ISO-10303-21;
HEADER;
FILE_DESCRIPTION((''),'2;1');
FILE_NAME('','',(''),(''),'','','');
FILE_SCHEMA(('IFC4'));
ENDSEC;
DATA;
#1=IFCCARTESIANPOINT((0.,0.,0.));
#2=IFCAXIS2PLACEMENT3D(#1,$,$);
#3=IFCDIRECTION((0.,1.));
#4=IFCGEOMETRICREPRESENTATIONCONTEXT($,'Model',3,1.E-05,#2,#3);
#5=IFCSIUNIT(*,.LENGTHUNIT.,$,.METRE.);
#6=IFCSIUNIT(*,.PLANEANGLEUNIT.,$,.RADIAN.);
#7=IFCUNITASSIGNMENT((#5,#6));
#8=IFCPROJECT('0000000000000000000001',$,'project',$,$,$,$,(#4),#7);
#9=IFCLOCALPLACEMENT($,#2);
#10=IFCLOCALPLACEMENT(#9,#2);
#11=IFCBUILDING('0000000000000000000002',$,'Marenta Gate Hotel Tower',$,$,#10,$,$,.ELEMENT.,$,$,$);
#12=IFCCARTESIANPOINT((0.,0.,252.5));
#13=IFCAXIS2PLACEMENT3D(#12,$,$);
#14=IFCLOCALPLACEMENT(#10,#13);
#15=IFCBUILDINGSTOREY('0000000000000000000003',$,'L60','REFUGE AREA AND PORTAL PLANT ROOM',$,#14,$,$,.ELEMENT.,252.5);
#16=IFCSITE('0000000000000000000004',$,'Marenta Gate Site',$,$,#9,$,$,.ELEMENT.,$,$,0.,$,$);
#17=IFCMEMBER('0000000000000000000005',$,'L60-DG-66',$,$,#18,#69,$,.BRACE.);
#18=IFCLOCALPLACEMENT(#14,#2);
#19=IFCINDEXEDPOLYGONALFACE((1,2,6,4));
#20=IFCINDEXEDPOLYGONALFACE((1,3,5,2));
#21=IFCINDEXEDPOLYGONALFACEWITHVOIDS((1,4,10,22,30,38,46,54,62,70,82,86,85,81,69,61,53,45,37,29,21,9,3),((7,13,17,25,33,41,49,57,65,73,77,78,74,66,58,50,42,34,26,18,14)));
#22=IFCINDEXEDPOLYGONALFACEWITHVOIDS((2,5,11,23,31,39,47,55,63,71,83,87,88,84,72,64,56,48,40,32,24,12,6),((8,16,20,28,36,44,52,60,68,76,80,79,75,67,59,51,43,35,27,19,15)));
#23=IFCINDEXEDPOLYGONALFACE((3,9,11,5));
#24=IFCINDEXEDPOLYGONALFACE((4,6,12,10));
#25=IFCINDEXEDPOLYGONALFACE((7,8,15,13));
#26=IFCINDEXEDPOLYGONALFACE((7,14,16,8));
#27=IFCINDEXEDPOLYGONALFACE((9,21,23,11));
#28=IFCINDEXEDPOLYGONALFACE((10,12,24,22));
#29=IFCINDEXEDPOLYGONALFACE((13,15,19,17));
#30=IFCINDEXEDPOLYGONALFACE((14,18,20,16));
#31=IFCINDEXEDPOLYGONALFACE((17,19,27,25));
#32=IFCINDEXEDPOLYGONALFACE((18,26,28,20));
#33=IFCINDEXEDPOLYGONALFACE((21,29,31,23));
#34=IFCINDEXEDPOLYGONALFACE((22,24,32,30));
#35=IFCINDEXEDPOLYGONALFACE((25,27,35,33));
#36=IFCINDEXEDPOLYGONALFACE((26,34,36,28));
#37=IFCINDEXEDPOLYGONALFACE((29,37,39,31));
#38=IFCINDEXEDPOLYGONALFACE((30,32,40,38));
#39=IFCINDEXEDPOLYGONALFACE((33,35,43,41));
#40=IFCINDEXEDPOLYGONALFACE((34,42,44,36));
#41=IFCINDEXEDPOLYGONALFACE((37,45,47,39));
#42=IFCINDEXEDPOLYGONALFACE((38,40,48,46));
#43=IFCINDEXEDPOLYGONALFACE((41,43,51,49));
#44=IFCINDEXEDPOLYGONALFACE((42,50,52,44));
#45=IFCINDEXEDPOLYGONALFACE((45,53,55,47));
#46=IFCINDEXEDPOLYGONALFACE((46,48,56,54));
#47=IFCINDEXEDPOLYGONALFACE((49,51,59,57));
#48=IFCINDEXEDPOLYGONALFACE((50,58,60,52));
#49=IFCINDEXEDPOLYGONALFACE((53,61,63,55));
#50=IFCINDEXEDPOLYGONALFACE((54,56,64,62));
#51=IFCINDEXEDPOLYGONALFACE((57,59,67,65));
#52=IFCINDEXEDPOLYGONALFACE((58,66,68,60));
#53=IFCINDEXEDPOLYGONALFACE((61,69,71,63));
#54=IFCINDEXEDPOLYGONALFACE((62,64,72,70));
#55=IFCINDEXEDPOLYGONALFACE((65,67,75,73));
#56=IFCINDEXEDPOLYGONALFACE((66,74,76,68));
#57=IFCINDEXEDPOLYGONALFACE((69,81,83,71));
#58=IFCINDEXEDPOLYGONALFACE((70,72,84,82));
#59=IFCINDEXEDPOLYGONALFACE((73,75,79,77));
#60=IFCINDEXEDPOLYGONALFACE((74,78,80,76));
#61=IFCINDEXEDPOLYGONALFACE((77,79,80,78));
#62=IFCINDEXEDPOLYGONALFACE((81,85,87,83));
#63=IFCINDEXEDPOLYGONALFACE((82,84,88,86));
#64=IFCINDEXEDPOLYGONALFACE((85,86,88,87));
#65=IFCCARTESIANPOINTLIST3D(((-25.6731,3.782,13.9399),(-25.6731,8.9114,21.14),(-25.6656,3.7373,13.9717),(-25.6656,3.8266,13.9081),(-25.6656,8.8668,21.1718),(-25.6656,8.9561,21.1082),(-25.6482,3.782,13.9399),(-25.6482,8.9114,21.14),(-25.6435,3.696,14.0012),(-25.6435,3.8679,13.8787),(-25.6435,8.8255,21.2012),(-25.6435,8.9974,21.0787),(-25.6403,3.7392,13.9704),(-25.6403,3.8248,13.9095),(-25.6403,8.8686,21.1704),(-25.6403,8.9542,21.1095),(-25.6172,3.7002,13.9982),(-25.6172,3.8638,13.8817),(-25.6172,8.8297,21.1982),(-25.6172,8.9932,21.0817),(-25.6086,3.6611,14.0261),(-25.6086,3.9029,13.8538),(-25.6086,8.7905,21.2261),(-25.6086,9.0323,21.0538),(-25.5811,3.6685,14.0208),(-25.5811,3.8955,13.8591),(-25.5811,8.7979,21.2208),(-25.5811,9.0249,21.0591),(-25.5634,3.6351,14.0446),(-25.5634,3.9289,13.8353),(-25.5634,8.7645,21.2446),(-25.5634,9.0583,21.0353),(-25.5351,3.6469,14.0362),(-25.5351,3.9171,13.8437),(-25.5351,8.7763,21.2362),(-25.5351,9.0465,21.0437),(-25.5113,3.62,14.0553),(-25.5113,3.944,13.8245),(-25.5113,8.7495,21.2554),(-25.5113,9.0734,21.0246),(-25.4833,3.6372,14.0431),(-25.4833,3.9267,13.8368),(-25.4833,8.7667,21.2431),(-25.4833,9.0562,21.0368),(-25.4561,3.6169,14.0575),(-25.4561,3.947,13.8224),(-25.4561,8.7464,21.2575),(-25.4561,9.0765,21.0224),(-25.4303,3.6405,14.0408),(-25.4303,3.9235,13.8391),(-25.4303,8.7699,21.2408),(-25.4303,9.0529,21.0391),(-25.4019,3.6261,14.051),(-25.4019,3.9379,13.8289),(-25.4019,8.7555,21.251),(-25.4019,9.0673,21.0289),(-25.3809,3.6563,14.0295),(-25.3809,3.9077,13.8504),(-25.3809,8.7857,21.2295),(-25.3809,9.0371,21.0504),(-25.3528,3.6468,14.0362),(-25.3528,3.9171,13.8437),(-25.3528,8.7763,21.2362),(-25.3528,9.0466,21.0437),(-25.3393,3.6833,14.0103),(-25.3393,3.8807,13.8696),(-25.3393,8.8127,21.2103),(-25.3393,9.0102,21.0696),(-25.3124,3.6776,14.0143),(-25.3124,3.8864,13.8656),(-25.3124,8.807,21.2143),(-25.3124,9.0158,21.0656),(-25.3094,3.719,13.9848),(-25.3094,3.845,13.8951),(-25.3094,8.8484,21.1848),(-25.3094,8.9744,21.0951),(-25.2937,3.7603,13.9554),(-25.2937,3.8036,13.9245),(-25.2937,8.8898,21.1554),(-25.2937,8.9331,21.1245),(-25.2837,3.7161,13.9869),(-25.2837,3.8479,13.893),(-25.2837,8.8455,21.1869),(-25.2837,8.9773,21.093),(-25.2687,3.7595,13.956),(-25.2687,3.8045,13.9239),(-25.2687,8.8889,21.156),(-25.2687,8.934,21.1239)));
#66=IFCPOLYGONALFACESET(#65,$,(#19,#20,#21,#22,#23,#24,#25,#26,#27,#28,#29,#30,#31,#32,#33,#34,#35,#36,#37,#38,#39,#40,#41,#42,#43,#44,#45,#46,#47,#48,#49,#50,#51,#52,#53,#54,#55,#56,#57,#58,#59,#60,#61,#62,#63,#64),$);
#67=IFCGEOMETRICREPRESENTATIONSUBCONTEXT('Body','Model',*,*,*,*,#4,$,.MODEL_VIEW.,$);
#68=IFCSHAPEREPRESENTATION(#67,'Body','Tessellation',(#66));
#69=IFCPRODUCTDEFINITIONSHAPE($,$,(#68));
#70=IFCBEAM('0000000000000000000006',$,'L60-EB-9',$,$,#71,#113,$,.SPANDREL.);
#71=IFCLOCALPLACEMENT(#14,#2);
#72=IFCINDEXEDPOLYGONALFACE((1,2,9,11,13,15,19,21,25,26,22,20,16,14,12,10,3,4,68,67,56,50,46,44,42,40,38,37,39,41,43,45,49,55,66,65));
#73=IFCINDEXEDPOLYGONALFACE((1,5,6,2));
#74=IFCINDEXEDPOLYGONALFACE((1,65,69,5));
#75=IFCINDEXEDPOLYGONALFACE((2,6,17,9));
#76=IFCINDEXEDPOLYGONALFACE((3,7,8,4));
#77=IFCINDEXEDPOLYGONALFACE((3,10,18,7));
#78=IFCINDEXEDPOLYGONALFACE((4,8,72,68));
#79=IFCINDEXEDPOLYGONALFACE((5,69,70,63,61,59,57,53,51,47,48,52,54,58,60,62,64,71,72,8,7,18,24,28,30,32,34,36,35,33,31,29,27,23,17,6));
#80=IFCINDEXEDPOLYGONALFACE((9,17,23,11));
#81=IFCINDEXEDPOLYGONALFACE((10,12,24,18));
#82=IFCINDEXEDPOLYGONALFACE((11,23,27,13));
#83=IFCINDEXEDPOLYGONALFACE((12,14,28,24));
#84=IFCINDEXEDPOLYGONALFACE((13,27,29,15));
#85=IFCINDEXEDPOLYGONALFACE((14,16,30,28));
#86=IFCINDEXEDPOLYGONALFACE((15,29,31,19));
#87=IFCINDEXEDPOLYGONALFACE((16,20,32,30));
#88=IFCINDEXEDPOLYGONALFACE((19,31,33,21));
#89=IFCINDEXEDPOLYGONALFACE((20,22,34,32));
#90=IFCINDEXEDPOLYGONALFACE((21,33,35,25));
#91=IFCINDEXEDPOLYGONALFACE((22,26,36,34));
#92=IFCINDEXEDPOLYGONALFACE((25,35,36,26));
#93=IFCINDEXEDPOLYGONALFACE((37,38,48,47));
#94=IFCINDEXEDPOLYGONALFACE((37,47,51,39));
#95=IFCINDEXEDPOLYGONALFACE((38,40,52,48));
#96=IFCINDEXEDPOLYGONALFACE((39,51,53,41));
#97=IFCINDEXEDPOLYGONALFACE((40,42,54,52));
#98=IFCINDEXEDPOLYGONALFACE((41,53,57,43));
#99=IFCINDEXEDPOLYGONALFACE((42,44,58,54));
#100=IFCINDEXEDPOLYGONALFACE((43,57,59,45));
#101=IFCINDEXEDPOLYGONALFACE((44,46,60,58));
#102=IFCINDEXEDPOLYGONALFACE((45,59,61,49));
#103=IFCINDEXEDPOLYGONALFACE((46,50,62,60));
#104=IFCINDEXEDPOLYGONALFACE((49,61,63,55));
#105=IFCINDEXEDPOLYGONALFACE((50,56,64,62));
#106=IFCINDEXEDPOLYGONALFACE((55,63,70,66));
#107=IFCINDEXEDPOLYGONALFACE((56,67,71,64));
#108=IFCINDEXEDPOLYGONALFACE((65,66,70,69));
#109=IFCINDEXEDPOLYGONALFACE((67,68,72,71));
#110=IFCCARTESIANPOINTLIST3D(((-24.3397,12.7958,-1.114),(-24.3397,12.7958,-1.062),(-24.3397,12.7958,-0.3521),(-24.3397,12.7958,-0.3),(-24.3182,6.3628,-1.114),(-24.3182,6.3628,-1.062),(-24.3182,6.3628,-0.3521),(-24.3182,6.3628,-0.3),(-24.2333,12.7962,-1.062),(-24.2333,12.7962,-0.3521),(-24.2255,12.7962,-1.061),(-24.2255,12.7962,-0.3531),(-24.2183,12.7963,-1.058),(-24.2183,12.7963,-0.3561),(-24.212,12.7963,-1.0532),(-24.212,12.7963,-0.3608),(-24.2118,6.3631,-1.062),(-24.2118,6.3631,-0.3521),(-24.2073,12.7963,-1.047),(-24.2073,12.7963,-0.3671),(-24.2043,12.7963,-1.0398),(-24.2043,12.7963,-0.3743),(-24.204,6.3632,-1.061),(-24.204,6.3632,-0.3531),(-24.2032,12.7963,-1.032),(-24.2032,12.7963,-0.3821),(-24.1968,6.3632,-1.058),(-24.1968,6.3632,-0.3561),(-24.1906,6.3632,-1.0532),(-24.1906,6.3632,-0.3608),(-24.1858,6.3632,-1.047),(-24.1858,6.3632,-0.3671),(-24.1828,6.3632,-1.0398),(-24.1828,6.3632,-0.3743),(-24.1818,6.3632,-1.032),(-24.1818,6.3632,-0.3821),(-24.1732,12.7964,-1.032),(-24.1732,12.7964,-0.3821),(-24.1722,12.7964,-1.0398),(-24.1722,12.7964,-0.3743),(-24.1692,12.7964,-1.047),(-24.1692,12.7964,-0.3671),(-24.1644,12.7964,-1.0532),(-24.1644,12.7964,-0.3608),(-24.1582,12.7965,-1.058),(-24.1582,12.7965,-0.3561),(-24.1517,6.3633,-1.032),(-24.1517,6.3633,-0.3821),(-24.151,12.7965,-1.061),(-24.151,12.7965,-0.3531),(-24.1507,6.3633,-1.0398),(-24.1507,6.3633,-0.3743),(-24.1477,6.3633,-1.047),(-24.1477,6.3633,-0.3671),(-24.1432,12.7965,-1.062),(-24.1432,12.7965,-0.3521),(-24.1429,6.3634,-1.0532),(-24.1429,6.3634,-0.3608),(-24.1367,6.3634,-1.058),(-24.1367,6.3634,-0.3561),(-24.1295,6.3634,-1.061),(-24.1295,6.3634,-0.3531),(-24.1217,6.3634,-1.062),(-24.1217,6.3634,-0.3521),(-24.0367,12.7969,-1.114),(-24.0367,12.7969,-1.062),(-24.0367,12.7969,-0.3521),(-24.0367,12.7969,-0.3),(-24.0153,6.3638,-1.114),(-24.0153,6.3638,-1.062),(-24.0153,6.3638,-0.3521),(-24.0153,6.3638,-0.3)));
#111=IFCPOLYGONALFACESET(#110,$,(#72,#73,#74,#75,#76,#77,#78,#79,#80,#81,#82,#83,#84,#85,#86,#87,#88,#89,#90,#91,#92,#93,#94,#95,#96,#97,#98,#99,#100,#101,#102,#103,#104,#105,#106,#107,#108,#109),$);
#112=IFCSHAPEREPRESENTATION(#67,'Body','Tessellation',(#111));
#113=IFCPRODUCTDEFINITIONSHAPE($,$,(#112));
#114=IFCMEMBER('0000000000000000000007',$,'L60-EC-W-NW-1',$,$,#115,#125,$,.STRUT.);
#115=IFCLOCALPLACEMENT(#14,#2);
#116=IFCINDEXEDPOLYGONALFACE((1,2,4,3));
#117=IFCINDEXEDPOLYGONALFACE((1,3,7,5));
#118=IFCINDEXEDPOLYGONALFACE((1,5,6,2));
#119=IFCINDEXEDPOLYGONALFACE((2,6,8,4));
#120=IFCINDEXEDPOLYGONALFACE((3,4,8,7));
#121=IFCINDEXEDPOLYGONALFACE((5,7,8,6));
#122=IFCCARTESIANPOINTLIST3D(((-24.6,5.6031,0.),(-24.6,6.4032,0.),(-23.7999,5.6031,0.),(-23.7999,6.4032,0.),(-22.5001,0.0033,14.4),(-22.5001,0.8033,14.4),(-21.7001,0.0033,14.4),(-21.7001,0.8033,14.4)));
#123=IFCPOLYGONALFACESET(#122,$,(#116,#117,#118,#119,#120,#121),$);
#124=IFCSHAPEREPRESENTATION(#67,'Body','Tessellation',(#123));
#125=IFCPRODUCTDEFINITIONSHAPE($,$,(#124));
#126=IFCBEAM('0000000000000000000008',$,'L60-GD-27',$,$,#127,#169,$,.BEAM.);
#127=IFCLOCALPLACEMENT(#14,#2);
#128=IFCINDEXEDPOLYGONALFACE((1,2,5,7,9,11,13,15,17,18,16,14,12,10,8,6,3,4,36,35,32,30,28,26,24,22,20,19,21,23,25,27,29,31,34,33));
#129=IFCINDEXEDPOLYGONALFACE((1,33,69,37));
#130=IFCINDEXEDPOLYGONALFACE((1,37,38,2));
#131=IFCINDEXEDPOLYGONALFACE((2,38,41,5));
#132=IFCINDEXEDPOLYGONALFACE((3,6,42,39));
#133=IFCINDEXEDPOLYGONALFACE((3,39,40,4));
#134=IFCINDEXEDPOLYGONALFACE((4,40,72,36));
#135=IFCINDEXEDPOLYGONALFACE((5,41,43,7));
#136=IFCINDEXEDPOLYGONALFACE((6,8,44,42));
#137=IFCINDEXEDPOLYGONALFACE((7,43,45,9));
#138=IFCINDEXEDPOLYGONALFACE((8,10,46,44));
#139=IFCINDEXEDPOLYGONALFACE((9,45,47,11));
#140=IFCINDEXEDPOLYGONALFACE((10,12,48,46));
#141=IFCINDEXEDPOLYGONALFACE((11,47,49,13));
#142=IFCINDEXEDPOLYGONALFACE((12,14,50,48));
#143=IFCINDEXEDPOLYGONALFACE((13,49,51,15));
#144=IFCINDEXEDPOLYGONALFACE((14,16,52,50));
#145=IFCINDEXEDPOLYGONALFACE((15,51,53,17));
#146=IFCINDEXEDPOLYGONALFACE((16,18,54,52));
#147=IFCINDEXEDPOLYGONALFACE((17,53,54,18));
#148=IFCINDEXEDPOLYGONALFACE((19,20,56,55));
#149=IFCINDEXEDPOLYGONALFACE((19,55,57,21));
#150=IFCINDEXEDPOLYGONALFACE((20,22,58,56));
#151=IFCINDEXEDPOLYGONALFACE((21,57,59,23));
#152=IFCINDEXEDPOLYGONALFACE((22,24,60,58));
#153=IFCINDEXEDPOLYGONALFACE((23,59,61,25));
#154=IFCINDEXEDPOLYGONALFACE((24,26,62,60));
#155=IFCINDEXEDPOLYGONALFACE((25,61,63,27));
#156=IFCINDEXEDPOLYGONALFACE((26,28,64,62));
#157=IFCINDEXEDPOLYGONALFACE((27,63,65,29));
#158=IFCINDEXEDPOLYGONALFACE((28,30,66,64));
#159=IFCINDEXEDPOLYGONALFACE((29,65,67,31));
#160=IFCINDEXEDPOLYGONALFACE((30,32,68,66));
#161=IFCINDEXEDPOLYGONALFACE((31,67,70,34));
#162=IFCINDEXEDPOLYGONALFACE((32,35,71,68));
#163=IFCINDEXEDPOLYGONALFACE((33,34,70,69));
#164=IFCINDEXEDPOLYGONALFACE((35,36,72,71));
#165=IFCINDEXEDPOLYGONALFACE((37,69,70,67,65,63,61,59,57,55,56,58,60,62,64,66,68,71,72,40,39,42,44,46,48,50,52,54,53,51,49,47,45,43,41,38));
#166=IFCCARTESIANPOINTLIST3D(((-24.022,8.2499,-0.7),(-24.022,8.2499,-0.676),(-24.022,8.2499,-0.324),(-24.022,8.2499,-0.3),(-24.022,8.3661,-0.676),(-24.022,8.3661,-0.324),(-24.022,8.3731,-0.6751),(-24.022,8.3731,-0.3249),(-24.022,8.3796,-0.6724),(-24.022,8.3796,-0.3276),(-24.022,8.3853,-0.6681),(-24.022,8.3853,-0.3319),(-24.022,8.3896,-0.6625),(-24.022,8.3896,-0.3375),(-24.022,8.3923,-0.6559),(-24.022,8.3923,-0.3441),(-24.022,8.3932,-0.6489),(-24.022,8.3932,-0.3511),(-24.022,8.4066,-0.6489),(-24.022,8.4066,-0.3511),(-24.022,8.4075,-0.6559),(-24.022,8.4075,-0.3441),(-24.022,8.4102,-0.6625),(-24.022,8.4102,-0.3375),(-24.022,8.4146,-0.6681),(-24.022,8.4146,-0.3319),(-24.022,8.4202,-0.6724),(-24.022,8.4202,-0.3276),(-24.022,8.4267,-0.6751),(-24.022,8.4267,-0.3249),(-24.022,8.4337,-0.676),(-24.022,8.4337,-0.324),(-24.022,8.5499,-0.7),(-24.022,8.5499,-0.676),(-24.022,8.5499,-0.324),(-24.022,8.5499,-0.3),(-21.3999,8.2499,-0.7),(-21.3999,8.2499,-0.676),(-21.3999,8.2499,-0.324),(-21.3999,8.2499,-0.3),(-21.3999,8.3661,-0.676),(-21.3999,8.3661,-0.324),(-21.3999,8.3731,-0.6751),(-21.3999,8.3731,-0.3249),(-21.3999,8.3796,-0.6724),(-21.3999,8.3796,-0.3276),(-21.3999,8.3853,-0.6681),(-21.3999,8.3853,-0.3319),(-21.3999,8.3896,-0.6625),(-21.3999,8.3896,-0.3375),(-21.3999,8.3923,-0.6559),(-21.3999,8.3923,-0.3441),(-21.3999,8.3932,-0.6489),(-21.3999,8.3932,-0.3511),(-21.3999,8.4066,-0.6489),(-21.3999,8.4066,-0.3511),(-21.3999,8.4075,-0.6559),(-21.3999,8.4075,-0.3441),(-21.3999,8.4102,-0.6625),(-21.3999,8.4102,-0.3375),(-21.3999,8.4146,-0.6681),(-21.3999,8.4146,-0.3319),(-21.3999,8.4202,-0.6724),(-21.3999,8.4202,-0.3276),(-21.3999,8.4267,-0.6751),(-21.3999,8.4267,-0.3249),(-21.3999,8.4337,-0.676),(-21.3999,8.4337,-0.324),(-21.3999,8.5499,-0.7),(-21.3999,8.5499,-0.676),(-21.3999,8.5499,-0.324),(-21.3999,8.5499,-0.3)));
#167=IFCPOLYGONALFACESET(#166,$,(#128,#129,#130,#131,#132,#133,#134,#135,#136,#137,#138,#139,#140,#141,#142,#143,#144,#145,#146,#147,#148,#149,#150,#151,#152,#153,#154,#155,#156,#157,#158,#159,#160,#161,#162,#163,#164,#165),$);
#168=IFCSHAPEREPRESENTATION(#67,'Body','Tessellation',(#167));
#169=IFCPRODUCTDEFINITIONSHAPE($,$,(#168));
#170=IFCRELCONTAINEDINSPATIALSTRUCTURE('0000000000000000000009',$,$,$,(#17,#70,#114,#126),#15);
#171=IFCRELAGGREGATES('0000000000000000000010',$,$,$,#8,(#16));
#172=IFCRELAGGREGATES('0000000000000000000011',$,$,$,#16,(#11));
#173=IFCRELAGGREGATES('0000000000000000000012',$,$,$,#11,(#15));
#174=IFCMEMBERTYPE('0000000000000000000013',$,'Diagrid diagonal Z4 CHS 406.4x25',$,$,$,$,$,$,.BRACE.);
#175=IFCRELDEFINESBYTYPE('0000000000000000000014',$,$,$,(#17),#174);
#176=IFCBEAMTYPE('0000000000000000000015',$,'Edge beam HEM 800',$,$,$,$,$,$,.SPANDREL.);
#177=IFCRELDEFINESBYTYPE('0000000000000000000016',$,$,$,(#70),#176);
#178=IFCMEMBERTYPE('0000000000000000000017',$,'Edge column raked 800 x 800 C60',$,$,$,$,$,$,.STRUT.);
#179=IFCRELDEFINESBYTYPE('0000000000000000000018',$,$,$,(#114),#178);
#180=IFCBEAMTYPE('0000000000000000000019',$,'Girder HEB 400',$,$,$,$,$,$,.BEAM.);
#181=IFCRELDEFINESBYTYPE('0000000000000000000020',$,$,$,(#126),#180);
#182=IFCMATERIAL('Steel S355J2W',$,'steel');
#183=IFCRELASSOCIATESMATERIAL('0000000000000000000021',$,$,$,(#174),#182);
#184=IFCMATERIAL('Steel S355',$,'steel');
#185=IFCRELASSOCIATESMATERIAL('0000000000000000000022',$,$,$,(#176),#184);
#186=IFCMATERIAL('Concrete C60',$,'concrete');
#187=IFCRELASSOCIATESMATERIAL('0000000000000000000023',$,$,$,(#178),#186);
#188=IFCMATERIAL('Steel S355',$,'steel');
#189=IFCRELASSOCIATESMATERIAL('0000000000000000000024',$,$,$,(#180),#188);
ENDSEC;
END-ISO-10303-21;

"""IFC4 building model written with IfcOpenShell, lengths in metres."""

from ifc_helpers import new_model, si_unit, direction, frame, origin, origin_2d, place, context, subcontext, project, spatial, rectangle, hollow_circle, i_section, extrude, material, material_profile, profile_set, type_object, element, save


model = new_model("IFC4")

# Units and contexts
model_context = context("Model", 3, precision=1e-05, world=origin(), true_north=direction((0.0, 1.0)))
body_context = subcontext(model_context, "Body", "Model", "MODEL_VIEW")
ifc_project = project(units=[si_unit("LENGTHUNIT", "METRE"), si_unit("PLANEANGLEUNIT", "RADIAN")], contexts=[model_context])

# Site, building, storey
site_placement = place(None, origin())
site = spatial("IfcSite", under=ifc_project, at=site_placement, Name="Marenta Gate Site", CompositionType="ELEMENT", RefElevation=0.0)
building_placement = place(site_placement, origin())
building = spatial("IfcBuilding", under=site, at=building_placement, Name="Marenta Gate Hotel Tower", CompositionType="ELEMENT")
storey_placement = place(building_placement, frame((0.0, 0.0, 252.5)))
storey = spatial("IfcBuildingStorey", under=building, at=storey_placement, Name="L60", Description="REFUGE AREA AND PORTAL PLANT ROOM", CompositionType="ELEMENT", Elevation=252.5)

# Member
ifc_material_1 = material(Name="Steel S355J2W", Category="steel")
ifc_material_profile_1 = material_profile(ifc_material_1, hollow_circle(Radius=0.2031, WallThickness=0.0249, at=origin_2d()), Name="CHS 406.4x25")
ifc_profile_set_1 = profile_set([ifc_material_profile_1], Name="Steel S355J2W")
member_type_1 = type_object("IfcMemberType", Name="Diagrid diagonal Z4 CHS 406.4x25", PredefinedType="BRACE", material=ifc_profile_set_1)
for number, where, z_axis, x_axis, name in (
    (1, (-25.47, 3.782, 13.9399), (0.0, 0.580232, 0.814451), (-1.0, 0.0, 0.0), "L60-DG-66"),
):
    element("IfcMember", number, at=place(storey_placement, frame(where, z_axis=z_axis, x_axis=x_axis)), inside=storey, type_object=member_type_1, Name=name, PredefinedType="BRACE", context=body_context, shape_type="SweptSolid", body=[
        extrude(hollow_circle(Radius=0.2031, WallThickness=0.0249, at=origin_2d()), origin(), (0.0, 0.0, 1.0), 8.8403),
    ])

# Beam
ifc_material_2 = material(Name="Steel S355", Category="steel")
ifc_material_profile_2 = material_profile(ifc_material_2, i_section(OverallWidth=0.303, OverallDepth=0.814, WebThickness=0.03, FlangeThickness=0.052, FilletRadius=0.03, at=origin_2d()), Name="HEM 800")
ifc_profile_set_2 = profile_set([ifc_material_profile_2], Name="Steel S355")
beam_type_1 = type_object("IfcBeamType", Name="Edge beam HEM 800", PredefinedType="SPANDREL", material=ifc_profile_set_2)
beam_1_placement = place(storey_placement, frame((-24.1667, 6.3633, -0.707), z_axis=(-0.00334, 0.999994, 0.0), x_axis=(-0.999994, -0.00334, 0.0)))
element("IfcBeam", 2, at=beam_1_placement, inside=storey, type_object=beam_type_1, Name="L60-EB-9", PredefinedType="SPANDREL", context=body_context, shape_type="SweptSolid", body=[
    extrude(i_section(OverallWidth=0.303, OverallDepth=0.814, WebThickness=0.03, FlangeThickness=0.052, FilletRadius=0.03, at=origin_2d()), origin(), (0.0, 0.0, 1.0), 6.4331),
])

# Member
ifc_material_3 = material(Name="Concrete C60", Category="concrete")
ifc_material_profile_3 = material_profile(ifc_material_3, rectangle(XDim=0.8, YDim=0.8, at=origin_2d()), Name="800 x 800")
ifc_profile_set_3 = profile_set([ifc_material_profile_3], Name="Concrete C60")
member_type_2 = type_object("IfcMemberType", Name="Edge column raked 800 x 800 C60", PredefinedType="STRUT", material=ifc_profile_set_3)
member_1_placement = place(storey_placement, frame((-24.2, 6.0032, 0.0), z_axis=(0.0, 0.0, 1.0), x_axis=(1.0, 0.0, 0.0)))
element("IfcMember", 3, at=member_1_placement, inside=storey, type_object=member_type_2, Name="L60-EC-W-NW-1", PredefinedType="STRUT", context=body_context, shape_type="SweptSolid", body=[
    extrude(rectangle(XDim=0.8, YDim=0.8, at=origin_2d()), origin(), (0.134671, -0.359138, 0.923517), 15.5925),
])

# Beam
ifc_material_4 = material(Name="Steel S355", Category="steel")
ifc_material_profile_4 = material_profile(ifc_material_4, i_section(OverallWidth=0.3, OverallDepth=0.3999, WebThickness=0.0134, FlangeThickness=0.0239, FilletRadius=0.0271, at=origin_2d()), Name="HEB 400")
ifc_profile_set_4 = profile_set([ifc_material_profile_4], Name="Steel S355")
beam_type_2 = type_object("IfcBeamType", Name="Girder HEB 400", PredefinedType="BEAM", material=ifc_profile_set_4)
beam_2_placement = place(storey_placement, frame((-24.022, 8.3999, -0.5), z_axis=(1.0, 0.0, 0.0), x_axis=(0.0, 1.0, 0.0)))
element("IfcBeam", 4, at=beam_2_placement, inside=storey, type_object=beam_type_2, Name="L60-GD-27", PredefinedType="BEAM", context=body_context, shape_type="SweptSolid", body=[
    extrude(i_section(OverallWidth=0.3, OverallDepth=0.3999, WebThickness=0.0134, FlangeThickness=0.0239, FilletRadius=0.0271, at=origin_2d()), origin(), (0.0, 0.0, 1.0), 2.6221),
])

save(model, "model.ifc")
